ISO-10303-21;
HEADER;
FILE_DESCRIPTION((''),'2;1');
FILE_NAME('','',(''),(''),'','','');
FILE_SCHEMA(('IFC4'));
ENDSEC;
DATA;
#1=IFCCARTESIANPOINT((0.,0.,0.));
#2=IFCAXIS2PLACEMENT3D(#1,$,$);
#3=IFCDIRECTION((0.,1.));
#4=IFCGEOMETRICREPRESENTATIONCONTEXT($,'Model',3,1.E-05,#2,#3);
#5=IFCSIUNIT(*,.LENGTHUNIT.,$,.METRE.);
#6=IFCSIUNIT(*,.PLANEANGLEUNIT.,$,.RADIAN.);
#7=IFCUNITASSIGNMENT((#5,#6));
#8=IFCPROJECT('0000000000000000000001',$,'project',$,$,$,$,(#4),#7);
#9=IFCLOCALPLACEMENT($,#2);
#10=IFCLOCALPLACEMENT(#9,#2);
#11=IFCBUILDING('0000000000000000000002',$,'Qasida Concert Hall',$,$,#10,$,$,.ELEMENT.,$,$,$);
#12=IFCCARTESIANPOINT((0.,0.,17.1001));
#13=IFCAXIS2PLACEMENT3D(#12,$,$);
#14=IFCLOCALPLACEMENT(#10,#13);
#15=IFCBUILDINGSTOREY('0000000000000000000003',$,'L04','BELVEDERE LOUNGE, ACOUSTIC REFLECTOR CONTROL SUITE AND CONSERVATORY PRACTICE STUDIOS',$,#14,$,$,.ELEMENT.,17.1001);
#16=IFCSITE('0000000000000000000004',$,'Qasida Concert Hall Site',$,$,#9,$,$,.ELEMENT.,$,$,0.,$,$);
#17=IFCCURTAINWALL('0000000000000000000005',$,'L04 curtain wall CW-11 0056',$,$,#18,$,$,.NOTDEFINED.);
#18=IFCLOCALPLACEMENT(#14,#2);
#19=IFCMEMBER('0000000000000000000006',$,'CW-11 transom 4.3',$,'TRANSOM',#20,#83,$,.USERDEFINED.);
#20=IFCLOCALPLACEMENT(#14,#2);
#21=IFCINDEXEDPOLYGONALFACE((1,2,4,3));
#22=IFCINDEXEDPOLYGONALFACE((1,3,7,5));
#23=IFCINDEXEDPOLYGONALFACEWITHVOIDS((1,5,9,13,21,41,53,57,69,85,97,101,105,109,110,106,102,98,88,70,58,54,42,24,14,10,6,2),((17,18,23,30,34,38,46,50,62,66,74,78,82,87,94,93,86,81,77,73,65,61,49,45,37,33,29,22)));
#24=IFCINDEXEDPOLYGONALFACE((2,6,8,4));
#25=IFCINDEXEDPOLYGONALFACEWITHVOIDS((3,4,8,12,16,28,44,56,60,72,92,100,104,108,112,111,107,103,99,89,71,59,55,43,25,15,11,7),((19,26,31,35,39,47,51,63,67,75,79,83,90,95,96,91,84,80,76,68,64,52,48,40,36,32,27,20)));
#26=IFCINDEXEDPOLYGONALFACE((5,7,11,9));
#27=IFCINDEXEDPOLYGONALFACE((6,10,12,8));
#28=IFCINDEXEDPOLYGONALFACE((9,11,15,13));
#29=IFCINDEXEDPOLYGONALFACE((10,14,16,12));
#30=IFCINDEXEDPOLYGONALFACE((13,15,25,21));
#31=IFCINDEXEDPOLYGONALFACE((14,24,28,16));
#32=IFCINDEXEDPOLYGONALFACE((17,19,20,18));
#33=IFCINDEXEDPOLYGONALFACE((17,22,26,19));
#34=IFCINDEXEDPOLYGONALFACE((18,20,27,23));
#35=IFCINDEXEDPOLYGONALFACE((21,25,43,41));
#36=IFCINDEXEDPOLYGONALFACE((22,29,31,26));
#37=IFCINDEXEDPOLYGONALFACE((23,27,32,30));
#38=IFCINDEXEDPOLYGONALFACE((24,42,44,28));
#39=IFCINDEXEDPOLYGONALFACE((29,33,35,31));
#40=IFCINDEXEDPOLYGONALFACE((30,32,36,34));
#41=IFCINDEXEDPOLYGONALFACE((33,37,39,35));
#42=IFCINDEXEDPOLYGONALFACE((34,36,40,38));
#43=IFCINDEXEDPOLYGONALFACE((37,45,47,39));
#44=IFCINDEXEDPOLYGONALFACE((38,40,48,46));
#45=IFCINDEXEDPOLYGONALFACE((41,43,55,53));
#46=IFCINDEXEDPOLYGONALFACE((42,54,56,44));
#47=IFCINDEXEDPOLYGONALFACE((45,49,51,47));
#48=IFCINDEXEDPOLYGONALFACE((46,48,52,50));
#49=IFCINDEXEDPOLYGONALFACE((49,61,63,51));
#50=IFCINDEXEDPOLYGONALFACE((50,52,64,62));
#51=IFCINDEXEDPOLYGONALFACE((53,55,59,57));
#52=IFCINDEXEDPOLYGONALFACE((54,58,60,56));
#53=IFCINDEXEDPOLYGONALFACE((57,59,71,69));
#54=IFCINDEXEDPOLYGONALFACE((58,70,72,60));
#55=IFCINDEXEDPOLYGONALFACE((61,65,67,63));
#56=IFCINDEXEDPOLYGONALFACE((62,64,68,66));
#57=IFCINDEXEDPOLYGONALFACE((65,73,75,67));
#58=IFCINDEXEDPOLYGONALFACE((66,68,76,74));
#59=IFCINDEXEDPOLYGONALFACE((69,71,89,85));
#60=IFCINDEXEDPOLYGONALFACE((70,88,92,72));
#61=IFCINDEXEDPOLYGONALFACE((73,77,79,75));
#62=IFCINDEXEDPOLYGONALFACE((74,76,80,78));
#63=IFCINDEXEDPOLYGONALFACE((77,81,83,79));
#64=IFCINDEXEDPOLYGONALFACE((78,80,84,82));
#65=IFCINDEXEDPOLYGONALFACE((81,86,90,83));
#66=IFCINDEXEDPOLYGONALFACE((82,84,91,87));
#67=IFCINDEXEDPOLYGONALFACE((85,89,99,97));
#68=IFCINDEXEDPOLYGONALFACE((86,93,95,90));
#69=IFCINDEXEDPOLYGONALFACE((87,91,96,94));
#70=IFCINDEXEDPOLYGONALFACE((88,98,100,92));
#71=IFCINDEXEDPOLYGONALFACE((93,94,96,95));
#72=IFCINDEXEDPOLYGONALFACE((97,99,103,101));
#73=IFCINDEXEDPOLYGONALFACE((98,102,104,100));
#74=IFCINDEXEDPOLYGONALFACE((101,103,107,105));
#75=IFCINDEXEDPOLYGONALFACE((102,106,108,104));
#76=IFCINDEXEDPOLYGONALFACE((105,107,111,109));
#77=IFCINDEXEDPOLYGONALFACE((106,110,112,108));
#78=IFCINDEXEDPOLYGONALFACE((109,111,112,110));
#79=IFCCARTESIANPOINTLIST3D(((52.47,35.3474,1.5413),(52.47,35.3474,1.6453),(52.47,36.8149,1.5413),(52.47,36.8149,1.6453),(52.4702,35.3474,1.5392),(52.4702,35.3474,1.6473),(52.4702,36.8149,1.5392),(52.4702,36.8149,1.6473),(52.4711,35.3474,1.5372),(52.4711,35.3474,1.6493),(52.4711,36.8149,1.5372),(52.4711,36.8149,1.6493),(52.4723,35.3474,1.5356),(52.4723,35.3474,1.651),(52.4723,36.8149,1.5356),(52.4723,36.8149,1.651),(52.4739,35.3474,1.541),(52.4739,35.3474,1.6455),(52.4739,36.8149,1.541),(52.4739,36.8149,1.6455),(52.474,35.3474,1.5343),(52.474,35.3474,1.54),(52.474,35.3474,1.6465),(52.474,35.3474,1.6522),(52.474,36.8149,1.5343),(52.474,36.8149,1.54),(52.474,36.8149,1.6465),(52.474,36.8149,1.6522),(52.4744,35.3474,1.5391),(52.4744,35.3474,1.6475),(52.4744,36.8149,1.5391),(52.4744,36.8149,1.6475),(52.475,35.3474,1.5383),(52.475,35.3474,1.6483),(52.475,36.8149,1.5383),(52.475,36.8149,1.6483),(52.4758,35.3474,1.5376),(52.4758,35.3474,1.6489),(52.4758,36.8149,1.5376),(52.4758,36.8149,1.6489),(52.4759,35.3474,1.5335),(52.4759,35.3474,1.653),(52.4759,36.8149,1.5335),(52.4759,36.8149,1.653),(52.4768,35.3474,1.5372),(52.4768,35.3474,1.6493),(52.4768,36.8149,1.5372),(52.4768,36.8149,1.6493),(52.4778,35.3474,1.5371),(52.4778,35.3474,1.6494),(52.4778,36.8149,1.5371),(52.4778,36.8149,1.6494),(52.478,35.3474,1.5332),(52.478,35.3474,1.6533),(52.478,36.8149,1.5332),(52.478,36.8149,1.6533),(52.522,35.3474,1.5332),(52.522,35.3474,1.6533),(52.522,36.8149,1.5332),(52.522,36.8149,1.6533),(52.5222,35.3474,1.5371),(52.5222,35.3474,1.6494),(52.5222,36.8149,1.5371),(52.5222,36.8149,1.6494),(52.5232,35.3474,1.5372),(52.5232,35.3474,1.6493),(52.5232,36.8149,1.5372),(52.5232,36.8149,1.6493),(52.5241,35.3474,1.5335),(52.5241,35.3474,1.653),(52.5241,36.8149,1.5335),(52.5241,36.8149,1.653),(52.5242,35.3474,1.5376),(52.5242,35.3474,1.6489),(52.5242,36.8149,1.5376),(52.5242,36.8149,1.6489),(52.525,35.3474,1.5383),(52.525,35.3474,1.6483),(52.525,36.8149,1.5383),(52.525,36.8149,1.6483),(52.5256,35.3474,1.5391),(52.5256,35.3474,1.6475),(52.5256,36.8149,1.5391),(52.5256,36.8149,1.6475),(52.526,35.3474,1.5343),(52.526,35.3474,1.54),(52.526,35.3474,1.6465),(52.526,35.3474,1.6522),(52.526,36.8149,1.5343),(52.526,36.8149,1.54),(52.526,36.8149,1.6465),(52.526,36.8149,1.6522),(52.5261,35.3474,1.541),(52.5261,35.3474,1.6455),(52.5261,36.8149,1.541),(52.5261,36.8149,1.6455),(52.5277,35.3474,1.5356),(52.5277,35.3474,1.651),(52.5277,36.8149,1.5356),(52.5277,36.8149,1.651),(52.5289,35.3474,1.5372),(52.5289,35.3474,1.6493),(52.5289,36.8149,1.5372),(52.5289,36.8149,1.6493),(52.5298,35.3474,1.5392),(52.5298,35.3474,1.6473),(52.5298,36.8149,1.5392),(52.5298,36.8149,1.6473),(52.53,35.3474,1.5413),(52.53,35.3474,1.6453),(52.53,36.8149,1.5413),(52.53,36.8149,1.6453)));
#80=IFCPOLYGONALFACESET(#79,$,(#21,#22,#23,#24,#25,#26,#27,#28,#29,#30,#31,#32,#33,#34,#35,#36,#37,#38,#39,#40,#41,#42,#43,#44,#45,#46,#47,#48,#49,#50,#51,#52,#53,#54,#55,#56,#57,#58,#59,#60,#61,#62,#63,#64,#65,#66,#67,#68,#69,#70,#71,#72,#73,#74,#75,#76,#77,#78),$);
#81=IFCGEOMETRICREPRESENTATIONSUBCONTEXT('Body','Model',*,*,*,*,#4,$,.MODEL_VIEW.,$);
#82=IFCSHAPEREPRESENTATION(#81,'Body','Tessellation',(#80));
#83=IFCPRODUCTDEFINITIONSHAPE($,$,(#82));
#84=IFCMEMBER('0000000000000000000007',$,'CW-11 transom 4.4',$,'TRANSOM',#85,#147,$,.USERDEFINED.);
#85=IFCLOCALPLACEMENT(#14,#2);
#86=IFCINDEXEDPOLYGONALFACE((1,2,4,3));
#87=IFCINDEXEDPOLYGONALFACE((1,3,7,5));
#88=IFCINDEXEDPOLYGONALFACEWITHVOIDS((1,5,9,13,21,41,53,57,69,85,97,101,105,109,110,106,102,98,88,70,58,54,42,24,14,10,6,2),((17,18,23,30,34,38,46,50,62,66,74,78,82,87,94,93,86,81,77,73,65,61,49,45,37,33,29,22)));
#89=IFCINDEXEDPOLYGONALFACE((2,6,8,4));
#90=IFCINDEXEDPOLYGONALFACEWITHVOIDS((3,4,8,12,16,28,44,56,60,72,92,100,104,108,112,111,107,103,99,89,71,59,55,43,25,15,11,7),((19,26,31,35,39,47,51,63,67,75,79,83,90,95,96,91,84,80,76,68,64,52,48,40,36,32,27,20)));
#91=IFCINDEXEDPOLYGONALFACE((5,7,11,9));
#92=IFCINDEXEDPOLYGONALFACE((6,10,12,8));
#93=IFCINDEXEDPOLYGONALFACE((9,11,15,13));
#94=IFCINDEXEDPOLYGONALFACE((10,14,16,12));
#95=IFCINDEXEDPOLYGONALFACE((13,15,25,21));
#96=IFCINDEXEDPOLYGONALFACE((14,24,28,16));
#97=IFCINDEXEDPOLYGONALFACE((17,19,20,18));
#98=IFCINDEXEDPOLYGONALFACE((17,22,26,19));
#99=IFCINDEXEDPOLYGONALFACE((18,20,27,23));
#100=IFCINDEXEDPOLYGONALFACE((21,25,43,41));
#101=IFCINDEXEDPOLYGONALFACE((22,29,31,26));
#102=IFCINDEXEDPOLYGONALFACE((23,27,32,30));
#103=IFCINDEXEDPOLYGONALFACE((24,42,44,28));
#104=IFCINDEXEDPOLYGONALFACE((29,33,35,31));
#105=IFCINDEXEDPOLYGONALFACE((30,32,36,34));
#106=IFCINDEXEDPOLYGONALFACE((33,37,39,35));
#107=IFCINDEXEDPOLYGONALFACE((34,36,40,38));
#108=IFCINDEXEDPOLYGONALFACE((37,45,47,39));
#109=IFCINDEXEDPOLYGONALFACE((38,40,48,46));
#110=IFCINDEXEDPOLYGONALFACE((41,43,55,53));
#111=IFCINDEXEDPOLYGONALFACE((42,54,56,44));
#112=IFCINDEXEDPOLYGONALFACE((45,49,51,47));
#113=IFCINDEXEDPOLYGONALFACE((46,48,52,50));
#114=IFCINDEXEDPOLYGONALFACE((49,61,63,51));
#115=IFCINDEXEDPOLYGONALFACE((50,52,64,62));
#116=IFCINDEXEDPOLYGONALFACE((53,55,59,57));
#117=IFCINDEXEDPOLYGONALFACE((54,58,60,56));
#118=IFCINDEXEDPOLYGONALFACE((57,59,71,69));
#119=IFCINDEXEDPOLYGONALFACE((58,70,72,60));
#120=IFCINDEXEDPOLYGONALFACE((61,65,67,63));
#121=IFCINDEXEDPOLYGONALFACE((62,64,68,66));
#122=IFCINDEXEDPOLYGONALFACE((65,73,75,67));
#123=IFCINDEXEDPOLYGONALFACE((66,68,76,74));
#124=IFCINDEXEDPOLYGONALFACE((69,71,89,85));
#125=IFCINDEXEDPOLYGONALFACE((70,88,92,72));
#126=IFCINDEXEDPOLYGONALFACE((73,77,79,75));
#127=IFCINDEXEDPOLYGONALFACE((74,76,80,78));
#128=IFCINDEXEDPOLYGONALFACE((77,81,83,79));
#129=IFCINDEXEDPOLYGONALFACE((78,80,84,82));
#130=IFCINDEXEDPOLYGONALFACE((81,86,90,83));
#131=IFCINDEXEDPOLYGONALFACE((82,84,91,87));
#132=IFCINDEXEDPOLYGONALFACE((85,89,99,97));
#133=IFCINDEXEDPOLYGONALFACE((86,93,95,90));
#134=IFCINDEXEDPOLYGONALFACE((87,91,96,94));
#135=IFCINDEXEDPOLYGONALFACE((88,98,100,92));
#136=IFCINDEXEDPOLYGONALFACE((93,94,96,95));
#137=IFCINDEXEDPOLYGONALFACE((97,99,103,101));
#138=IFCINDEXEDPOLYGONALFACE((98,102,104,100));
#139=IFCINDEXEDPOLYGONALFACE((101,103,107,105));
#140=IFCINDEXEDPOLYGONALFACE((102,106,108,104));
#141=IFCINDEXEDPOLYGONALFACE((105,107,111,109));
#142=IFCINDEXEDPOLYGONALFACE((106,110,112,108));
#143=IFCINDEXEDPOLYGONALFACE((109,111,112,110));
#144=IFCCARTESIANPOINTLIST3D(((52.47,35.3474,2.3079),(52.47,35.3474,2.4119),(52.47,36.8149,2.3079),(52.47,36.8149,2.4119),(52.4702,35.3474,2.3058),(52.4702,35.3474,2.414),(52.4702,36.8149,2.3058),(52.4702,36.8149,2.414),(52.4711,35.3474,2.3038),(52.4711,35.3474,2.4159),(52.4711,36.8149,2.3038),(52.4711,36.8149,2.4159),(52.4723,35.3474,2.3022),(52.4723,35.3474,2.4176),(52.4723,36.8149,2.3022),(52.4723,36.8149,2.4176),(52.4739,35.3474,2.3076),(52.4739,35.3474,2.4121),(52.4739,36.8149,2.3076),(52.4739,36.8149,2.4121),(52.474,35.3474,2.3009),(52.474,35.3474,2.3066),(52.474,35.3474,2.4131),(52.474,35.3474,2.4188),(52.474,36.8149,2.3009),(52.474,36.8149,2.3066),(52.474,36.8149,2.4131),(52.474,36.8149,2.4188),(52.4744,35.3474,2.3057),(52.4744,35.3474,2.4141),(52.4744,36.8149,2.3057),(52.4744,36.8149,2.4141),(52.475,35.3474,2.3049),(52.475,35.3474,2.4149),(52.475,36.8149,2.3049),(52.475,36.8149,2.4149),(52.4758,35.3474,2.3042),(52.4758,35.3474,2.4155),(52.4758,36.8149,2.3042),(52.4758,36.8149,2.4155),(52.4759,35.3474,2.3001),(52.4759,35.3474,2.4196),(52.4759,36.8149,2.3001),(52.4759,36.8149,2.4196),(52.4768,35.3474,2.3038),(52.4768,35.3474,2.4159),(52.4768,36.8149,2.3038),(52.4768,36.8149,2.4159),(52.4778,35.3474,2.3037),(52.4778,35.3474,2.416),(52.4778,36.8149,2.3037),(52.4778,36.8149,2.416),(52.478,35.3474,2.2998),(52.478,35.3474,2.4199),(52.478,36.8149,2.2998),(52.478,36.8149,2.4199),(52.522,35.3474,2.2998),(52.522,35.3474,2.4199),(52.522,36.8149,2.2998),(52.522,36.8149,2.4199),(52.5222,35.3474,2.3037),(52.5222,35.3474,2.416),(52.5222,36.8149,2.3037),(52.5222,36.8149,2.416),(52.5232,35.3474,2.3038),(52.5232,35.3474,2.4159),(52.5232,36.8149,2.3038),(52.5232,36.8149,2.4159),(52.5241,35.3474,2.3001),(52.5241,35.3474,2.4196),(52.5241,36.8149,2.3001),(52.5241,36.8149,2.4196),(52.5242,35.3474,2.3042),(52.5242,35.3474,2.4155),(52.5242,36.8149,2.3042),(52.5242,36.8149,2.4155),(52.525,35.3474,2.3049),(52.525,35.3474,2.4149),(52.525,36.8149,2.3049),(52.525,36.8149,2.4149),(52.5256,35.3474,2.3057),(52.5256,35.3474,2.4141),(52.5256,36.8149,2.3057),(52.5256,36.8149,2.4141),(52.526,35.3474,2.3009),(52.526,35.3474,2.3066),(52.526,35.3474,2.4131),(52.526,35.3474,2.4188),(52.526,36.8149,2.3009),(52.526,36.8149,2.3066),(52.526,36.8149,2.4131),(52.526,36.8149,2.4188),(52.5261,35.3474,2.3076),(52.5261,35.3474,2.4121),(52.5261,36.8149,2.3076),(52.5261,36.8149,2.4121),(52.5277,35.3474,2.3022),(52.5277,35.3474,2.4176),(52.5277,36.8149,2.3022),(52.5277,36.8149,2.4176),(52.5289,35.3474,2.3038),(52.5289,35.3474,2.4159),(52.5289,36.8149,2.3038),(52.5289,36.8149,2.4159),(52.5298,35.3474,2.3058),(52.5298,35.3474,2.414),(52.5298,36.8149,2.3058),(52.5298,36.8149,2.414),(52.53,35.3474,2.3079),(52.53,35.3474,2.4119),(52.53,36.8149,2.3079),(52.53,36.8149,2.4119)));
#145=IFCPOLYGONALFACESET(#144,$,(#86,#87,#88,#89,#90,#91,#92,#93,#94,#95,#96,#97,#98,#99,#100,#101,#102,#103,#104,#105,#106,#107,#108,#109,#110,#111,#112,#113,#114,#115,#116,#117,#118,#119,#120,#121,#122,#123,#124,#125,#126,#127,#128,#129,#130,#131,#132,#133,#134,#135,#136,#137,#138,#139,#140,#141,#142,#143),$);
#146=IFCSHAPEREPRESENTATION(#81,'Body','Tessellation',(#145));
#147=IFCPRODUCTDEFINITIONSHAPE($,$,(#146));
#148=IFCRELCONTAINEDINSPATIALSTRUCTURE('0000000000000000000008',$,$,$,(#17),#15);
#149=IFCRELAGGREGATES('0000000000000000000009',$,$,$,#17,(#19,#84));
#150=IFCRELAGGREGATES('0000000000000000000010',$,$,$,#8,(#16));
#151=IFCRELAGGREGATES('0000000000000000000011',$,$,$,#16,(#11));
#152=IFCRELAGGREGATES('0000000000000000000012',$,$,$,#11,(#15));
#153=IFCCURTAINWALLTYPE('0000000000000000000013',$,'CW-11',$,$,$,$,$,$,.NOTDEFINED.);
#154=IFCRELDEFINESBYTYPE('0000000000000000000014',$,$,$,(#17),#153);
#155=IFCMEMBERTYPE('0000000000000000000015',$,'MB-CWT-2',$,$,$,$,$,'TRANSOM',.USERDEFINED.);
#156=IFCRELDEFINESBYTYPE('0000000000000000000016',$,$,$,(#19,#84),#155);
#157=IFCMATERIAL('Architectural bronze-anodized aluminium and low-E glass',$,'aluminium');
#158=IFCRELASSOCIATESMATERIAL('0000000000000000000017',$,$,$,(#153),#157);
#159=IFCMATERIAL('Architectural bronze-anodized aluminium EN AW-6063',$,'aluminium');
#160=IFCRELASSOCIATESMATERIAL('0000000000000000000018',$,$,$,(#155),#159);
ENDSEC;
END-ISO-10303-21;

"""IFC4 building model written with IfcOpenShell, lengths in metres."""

from ifc_helpers import new_model, si_unit, direction, frame, origin, origin_2d, place, context, subcontext, project, spatial, hollow_rectangle, extrude, material, material_profile, profile_set, type_object, element, aggregate, save


model = new_model("IFC4")

# Units and contexts
model_context = context("Model", 3, precision=1e-05, world=origin(), true_north=direction((0.0, 1.0)))
body_context = subcontext(model_context, "Body", "Model", "MODEL_VIEW")
ifc_project = project(units=[si_unit("LENGTHUNIT", "METRE"), si_unit("PLANEANGLEUNIT", "RADIAN")], contexts=[model_context])

# Site, building, storey
site_placement = place(None, origin())
site = spatial("IfcSite", under=ifc_project, at=site_placement, Name="Qasida Concert Hall Site", CompositionType="ELEMENT", RefElevation=0.0)
building_placement = place(site_placement, origin())
building = spatial("IfcBuilding", under=site, at=building_placement, Name="Qasida Concert Hall", CompositionType="ELEMENT")
storey_placement = place(building_placement, frame((0.0, 0.0, 17.1001)))
storey = spatial("IfcBuildingStorey", under=building, at=storey_placement, Name="L04", Description="BELVEDERE LOUNGE, ACOUSTIC REFLECTOR CONTROL SUITE AND CONSERVATORY PRACTICE STUDIOS", CompositionType="ELEMENT", Elevation=17.1001)

# Curtain wall
ifc_material_1 = material(Name="Architectural bronze-anodized aluminium and low-E glass", Category="aluminium")
curtain_wall_type = type_object("IfcCurtainWallType", Name="CW-11", PredefinedType="NOTDEFINED", material=ifc_material_1)
curtain_wall_1_placement = place(storey_placement, origin())
curtain_wall_1 = element("IfcCurtainWall", 1, at=curtain_wall_1_placement, inside=storey, type_object=curtain_wall_type, Name="L04 curtain wall CW-11 0056", PredefinedType="NOTDEFINED")
ifc_material_2 = material(Name="Architectural bronze-anodized aluminium EN AW-6063", Category="aluminium")

# Members
ifc_material_profile_1 = material_profile(ifc_material_2, hollow_rectangle(XDim=0.0601, YDim=0.1201, WallThickness=0.0039, InnerFilletRadius=0.0039, OuterFilletRadius=0.0081, at=origin_2d()), Name="CWT 120x60x4")
ifc_profile_set_1 = profile_set([ifc_material_profile_1], Name="Architectural bronze-anodized aluminium EN AW-6063")
member_type_1 = type_object("IfcMemberType", Name="MB-CWT-2", ElementType="TRANSOM", PredefinedType="USERDEFINED", material=ifc_profile_set_1)
member_1_placement = place(storey_placement, frame((52.5, 35.3474, 1.5933), z_axis=(0.0, 1.0, 0.0), x_axis=(-1.0, 0.0, 0.0)))
member_1 = element("IfcMember", 2, at=member_1_placement, type_object=member_type_1, Name="CW-11 transom 4.3", ObjectType="TRANSOM", PredefinedType="USERDEFINED", context=body_context, shape_type="SweptSolid", body=[
    extrude(hollow_rectangle(XDim=0.0601, YDim=0.1201, WallThickness=0.0039, InnerFilletRadius=0.0039, OuterFilletRadius=0.0081, at=origin_2d()), origin(), (0.0, 0.0, 1.0), 1.4675),
])
member_2_placement = place(storey_placement, frame((52.5, 35.3474, 2.3599), z_axis=(0.0, 1.0, 0.0), x_axis=(-1.0, 0.0, 0.0)))
member_2 = element("IfcMember", 3, at=member_2_placement, type_object=member_type_1, Name="CW-11 transom 4.4", ObjectType="TRANSOM", PredefinedType="USERDEFINED", context=body_context, shape_type="SweptSolid", body=[
    extrude(hollow_rectangle(XDim=0.0601, YDim=0.1201, WallThickness=0.0039, InnerFilletRadius=0.0039, OuterFilletRadius=0.0081, at=origin_2d()), origin(), (0.0, 0.0, 1.0), 1.4675),
])

aggregate(curtain_wall_1, [member_1, member_2])

save(model, "model.ifc")
